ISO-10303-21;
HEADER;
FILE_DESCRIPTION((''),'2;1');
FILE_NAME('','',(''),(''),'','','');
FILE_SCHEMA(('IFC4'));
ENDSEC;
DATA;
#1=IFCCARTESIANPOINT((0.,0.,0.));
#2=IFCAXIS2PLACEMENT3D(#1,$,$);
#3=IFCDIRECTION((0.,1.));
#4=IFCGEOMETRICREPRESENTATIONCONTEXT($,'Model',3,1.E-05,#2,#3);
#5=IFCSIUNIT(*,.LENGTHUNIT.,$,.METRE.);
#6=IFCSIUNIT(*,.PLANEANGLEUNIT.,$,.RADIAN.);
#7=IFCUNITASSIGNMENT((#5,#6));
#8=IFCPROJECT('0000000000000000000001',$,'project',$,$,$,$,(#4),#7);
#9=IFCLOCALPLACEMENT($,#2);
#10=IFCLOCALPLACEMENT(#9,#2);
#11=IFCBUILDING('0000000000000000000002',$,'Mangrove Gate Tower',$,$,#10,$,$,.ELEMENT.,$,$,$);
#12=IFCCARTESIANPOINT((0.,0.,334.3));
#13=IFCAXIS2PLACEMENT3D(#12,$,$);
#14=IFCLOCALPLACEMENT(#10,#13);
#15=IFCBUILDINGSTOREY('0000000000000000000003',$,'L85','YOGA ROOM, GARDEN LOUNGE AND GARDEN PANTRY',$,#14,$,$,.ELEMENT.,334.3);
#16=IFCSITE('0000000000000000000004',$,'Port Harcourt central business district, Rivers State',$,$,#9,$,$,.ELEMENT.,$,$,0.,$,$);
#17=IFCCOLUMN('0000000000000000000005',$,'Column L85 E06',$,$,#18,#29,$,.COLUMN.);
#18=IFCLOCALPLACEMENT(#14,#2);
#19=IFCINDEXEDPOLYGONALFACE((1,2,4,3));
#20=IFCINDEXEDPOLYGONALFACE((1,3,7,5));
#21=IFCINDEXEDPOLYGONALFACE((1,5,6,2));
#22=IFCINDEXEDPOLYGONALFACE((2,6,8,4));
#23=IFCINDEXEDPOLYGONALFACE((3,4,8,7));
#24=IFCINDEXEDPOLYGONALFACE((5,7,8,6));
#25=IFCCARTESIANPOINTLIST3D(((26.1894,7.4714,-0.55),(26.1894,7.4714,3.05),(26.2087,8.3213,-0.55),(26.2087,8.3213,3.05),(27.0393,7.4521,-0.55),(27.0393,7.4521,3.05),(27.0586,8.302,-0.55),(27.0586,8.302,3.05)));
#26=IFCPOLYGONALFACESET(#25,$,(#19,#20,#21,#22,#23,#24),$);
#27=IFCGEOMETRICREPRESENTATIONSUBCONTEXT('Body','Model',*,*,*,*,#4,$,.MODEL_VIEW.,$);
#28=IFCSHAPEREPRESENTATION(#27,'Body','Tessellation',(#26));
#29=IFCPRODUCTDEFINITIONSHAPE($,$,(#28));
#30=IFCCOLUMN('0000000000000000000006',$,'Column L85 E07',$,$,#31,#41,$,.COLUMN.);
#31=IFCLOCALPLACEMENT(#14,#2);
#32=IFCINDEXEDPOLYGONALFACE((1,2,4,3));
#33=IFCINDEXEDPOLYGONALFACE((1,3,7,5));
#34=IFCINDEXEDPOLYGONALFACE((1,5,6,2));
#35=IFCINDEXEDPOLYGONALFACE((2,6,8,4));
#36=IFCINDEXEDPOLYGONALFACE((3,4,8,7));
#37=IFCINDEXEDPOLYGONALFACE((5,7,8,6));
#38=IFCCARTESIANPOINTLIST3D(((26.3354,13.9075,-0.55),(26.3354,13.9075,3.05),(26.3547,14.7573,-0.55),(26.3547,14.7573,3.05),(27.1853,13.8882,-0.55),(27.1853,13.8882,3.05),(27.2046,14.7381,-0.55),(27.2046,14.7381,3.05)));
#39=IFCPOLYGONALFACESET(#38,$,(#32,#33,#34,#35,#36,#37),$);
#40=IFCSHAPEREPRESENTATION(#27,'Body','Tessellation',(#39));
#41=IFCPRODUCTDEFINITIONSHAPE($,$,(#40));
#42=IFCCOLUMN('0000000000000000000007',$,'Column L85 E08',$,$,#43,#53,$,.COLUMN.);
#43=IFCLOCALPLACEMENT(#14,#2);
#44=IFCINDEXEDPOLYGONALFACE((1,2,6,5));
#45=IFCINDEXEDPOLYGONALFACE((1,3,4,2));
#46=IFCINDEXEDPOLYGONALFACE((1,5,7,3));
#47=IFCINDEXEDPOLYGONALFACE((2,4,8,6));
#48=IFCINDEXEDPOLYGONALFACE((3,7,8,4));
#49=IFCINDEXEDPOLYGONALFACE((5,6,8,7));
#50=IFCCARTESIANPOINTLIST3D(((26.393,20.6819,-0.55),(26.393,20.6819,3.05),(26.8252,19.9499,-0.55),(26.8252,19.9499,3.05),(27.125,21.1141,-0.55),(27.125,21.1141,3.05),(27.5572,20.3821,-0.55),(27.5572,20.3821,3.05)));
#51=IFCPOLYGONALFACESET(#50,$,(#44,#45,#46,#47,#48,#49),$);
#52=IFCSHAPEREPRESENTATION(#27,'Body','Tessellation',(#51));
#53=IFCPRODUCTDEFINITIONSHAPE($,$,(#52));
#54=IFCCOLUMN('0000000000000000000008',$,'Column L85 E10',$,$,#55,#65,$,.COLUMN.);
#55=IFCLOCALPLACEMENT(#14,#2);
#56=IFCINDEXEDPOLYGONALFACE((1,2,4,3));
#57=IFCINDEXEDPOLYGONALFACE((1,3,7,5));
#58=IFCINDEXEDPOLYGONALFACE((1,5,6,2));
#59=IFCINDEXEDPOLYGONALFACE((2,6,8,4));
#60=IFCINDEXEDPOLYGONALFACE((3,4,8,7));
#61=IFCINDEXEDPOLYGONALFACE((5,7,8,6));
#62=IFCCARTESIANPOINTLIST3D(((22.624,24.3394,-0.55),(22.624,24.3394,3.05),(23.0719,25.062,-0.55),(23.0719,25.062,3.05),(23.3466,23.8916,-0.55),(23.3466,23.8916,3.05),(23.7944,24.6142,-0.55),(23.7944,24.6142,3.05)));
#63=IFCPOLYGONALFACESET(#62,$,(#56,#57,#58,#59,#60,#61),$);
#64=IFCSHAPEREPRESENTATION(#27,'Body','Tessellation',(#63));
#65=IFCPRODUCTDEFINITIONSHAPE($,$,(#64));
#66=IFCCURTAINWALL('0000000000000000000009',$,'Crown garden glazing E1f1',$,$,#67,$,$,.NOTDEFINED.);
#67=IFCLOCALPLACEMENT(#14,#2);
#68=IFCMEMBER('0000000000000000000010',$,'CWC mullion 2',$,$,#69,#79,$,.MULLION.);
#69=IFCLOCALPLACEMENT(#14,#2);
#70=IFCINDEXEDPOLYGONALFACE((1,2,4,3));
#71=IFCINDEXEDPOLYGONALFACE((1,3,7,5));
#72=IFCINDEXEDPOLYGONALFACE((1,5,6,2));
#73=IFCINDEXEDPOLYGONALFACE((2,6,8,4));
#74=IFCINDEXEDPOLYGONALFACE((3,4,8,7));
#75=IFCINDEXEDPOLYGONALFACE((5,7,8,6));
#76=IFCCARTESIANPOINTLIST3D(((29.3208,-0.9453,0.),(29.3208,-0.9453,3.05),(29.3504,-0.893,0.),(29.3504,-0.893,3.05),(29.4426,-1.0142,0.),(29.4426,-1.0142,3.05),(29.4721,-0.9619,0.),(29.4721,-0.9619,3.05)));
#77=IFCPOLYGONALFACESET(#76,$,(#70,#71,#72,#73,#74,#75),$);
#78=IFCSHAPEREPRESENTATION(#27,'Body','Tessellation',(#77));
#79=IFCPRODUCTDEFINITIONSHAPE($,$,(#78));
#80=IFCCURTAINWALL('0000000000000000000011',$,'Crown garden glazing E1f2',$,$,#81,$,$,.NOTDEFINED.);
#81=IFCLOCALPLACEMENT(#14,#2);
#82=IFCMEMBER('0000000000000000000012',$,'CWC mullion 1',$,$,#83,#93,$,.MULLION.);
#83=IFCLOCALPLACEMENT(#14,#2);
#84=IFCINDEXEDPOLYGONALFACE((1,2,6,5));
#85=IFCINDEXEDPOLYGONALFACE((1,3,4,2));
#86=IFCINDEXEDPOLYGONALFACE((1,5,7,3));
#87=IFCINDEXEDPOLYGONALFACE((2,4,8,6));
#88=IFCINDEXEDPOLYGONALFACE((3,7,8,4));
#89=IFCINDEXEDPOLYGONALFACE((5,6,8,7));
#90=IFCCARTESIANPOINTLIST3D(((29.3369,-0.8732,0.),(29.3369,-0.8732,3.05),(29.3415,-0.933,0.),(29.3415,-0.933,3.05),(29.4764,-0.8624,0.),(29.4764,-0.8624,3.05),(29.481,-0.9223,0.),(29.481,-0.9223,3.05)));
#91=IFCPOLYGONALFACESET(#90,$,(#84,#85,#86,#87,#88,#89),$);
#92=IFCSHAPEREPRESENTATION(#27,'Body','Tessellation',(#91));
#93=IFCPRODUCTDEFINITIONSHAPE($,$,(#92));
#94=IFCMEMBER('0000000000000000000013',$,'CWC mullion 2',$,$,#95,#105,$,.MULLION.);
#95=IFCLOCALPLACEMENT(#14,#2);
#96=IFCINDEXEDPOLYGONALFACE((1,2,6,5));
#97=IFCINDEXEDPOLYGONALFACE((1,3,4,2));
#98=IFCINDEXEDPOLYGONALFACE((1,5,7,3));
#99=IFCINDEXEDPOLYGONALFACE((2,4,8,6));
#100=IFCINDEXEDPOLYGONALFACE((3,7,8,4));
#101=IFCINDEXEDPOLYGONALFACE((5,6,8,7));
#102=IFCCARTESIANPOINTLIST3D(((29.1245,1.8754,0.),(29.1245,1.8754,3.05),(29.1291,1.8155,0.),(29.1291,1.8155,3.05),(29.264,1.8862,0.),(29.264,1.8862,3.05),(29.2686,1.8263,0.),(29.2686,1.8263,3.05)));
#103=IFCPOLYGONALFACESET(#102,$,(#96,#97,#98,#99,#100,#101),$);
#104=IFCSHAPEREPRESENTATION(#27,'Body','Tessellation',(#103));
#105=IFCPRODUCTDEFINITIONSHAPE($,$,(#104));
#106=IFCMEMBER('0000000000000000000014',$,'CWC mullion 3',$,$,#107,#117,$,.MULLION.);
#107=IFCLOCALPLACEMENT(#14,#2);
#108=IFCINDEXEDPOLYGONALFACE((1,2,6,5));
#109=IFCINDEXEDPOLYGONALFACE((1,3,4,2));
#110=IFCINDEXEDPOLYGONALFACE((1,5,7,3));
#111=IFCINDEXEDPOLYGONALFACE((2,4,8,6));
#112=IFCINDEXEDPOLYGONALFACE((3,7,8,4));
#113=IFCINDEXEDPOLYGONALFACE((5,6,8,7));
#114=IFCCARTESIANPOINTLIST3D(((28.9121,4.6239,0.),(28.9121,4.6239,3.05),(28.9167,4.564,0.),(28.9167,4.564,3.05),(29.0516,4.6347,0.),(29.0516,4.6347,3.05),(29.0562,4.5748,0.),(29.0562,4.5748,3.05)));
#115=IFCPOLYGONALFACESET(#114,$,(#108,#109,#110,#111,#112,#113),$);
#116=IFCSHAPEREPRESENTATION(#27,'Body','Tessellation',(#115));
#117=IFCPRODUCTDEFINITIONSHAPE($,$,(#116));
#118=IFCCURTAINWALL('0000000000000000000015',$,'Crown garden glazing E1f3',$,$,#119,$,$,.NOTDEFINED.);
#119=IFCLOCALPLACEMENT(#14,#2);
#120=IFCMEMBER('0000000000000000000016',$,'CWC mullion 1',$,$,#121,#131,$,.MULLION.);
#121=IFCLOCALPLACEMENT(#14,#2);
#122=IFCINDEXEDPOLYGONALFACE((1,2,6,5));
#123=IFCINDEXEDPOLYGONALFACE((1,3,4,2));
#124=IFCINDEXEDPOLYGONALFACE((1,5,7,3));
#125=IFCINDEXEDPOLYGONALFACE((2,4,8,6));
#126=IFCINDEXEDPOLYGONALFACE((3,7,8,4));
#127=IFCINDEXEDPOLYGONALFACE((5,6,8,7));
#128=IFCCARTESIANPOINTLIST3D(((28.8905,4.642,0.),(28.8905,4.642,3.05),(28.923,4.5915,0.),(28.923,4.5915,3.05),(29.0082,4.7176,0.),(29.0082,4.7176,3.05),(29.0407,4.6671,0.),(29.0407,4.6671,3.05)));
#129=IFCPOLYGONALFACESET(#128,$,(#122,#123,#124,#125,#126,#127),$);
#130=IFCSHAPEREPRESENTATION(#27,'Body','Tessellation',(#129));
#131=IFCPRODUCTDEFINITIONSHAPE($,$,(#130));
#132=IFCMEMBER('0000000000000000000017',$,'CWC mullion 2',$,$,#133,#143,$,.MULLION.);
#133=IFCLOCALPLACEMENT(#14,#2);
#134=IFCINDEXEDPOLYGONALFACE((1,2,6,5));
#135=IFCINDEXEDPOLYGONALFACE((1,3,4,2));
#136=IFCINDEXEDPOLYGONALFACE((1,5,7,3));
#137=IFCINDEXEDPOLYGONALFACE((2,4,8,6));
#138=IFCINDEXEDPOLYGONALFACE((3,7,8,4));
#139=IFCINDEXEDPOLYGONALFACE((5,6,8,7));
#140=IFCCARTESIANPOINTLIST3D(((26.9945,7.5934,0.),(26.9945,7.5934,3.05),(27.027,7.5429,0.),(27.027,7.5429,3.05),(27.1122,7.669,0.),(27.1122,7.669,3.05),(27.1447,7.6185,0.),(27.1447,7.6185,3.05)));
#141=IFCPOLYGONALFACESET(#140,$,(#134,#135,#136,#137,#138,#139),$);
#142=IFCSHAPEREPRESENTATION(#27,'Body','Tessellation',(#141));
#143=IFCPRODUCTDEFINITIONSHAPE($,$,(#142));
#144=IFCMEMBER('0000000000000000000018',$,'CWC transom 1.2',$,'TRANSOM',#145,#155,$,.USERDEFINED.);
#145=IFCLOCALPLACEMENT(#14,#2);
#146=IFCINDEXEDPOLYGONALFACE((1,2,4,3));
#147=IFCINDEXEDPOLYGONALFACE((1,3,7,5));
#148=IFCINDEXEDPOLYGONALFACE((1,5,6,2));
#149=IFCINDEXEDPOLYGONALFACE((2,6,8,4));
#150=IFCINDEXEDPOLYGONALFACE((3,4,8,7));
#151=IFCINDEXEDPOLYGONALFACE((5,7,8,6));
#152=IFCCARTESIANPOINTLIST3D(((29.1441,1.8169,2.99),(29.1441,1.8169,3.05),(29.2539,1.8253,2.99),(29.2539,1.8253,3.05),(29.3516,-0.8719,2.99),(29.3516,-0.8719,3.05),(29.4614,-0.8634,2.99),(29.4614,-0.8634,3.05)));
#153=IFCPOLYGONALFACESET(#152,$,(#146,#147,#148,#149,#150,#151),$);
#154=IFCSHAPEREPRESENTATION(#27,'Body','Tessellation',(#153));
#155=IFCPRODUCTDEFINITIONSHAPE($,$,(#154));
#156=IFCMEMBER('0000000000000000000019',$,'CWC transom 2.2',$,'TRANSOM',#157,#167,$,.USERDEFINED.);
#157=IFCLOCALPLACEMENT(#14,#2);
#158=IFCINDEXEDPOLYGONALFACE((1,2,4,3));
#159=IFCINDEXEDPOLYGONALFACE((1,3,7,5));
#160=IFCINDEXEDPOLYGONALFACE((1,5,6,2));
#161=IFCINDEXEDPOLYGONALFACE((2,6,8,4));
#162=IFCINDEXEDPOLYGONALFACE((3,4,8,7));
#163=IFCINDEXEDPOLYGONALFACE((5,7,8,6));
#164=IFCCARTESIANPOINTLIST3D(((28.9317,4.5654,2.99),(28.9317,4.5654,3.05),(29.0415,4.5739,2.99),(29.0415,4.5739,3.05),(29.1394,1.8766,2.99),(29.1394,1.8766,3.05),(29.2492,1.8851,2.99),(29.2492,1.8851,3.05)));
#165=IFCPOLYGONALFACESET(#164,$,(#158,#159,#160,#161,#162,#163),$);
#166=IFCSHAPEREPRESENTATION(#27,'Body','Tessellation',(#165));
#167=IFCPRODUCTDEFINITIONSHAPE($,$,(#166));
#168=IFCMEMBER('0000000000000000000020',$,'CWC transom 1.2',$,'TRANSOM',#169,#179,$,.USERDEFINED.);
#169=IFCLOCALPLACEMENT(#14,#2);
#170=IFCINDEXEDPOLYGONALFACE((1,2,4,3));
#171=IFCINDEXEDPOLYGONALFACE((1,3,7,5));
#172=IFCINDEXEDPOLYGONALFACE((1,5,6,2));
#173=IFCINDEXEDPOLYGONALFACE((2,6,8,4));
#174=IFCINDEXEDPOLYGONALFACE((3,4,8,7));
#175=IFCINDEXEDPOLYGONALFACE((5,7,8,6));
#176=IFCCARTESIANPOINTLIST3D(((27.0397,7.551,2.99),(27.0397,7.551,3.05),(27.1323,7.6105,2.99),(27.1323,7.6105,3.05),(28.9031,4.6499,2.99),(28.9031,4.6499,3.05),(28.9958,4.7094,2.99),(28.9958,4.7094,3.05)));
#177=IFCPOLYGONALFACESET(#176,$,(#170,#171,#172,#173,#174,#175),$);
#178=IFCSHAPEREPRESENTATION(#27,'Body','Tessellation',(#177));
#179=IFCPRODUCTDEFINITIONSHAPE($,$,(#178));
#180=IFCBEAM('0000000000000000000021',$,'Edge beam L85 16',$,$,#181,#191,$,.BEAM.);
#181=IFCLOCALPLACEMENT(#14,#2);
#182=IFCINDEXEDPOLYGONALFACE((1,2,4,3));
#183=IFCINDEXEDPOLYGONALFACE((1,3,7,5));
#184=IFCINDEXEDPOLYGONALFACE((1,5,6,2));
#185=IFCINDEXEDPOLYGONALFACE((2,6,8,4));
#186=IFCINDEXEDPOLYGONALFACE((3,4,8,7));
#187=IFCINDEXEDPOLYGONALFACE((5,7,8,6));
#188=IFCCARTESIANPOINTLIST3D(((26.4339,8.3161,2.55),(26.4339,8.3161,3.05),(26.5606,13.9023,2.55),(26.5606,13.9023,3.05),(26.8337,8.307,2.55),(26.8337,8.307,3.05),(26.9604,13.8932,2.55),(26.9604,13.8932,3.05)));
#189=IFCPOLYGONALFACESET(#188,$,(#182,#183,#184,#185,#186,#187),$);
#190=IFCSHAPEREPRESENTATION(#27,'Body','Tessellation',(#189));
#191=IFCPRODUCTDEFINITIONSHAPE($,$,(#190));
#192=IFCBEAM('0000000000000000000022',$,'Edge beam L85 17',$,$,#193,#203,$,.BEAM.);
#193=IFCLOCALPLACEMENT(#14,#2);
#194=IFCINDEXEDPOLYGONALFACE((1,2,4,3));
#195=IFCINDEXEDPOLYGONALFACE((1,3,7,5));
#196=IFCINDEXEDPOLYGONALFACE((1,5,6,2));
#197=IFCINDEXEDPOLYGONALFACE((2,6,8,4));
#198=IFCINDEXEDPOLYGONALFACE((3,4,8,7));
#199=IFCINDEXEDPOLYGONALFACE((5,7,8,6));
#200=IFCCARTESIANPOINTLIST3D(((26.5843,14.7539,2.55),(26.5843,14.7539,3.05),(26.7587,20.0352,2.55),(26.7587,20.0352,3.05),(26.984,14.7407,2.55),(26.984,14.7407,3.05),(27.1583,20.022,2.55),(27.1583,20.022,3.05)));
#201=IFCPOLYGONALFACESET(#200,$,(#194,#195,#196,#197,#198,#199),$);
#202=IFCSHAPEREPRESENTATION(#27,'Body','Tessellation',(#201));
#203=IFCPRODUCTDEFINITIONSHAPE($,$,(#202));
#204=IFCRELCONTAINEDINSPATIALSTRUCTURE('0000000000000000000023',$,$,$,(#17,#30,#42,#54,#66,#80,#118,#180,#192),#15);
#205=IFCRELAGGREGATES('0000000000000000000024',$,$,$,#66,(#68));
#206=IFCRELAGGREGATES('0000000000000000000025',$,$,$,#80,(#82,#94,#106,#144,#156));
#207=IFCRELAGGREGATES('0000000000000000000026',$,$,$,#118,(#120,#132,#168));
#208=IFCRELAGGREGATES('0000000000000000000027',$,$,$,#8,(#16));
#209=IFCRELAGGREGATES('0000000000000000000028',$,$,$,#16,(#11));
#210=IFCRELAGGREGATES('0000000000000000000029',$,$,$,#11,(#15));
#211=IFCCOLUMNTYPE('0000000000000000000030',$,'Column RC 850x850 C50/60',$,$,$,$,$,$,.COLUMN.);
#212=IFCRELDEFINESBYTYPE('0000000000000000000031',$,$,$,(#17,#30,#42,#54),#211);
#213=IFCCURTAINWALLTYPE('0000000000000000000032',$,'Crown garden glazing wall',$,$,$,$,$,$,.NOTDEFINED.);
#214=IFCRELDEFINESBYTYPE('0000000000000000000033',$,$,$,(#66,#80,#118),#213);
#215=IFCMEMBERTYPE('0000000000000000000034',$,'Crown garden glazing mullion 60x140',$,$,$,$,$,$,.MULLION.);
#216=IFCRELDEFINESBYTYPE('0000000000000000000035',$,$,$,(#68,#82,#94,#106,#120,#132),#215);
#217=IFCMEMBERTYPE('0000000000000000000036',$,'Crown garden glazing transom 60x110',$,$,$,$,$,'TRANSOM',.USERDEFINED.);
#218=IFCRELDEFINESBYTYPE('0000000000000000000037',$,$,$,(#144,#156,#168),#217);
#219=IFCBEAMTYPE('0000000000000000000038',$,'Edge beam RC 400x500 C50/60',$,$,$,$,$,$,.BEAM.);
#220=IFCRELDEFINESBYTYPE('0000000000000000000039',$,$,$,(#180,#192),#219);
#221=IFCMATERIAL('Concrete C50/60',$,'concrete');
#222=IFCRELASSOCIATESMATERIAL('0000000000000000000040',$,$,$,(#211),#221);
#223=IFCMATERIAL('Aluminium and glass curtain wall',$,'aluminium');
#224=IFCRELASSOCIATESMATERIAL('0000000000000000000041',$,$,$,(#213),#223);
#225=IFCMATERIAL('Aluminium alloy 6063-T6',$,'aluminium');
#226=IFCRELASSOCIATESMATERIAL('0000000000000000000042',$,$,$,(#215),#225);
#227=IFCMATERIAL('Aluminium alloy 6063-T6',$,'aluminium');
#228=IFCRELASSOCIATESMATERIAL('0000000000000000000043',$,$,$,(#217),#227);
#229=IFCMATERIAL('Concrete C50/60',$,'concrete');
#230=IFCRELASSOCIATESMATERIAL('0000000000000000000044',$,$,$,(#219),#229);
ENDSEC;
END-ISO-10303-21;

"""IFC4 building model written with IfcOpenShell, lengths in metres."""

from ifc_helpers import new_model, si_unit, direction, frame, origin, origin_2d, place, context, subcontext, project, spatial, rectangle, extrude, material, material_profile, profile_set, type_object, element, aggregate, save


model = new_model("IFC4")

# Units and contexts
model_context = context("Model", 3, precision=1e-05, world=origin(), true_north=direction((0.0, 1.0)))
body_context = subcontext(model_context, "Body", "Model", "MODEL_VIEW")
ifc_project = project(units=[si_unit("LENGTHUNIT", "METRE"), si_unit("PLANEANGLEUNIT", "RADIAN")], contexts=[model_context])

# Site, building, storey
site_placement = place(None, origin())
site = spatial("IfcSite", under=ifc_project, at=site_placement, Name="Port Harcourt central business district, Rivers State", CompositionType="ELEMENT", RefElevation=0.0)
building_placement = place(site_placement, origin())
building = spatial("IfcBuilding", under=site, at=building_placement, Name="Mangrove Gate Tower", CompositionType="ELEMENT")
storey_placement = place(building_placement, frame((0.0, 0.0, 334.3)))
storey = spatial("IfcBuildingStorey", under=building, at=storey_placement, Name="L85", Description="YOGA ROOM, GARDEN LOUNGE AND GARDEN PANTRY", CompositionType="ELEMENT", Elevation=334.3)

# Columns
ifc_material_1 = material(Name="Concrete C50/60", Category="concrete")
ifc_material_profile_1 = material_profile(ifc_material_1, rectangle(XDim=0.8501, YDim=0.8501, at=origin_2d()))
ifc_profile_set_1 = profile_set([ifc_material_profile_1], Name="Concrete C50/60")
column_type = type_object("IfcColumnType", Name="Column RC 850x850 C50/60", PredefinedType="COLUMN", material=ifc_profile_set_1)
for number, where, z_axis, x_axis, name in (
    (1, (26.624, 7.8867, -0.55), (0.0, 0.0, 1.0), (0.022687, 0.999743, 0.0), "Column L85 E06"),
    (2, (26.77, 14.3228, -0.55), (0.0, 0.0, 1.0), (0.022681, 0.999743, 0.0), "Column L85 E07"),
    (3, (26.9751, 20.532, -0.55), (0.0, 0.0, 1.0), (-0.508409, 0.861116, 0.0), "Column L85 E08"),
    (4, (23.2092, 24.4768, -0.55), (0.0, 0.0, 1.0), (-0.849995, 0.526791, 0.0), "Column L85 E10"),
):
    element("IfcColumn", number, at=place(storey_placement, frame(where, z_axis=z_axis, x_axis=x_axis)), inside=storey, type_object=column_type, Name=name, PredefinedType="COLUMN", context=body_context, shape_type="SweptSolid", body=[
        extrude(rectangle(XDim=0.8501, YDim=0.8501, at=origin_2d()), origin(), (0.0, 0.0, 1.0), 3.6001),
    ])

# Curtain wall, member
ifc_material_2 = material(Name="Aluminium and glass curtain wall", Category="aluminium")
curtain_wall_type = type_object("IfcCurtainWallType", Name="Crown garden glazing wall", PredefinedType="NOTDEFINED", material=ifc_material_2)
curtain_wall_1_placement = place(storey_placement, origin())
curtain_wall_1 = element("IfcCurtainWall", 5, at=curtain_wall_1_placement, inside=storey, type_object=curtain_wall_type, Name="Crown garden glazing E1f1", PredefinedType="NOTDEFINED")
ifc_material_3 = material(Name="Aluminium alloy 6063-T6", Category="aluminium")
ifc_material_profile_2 = material_profile(ifc_material_3, rectangle(XDim=0.0601, YDim=0.1399, at=origin_2d()))
ifc_profile_set_2 = profile_set([ifc_material_profile_2], Name="Aluminium alloy 6063-T6")
member_type_1 = type_object("IfcMemberType", Name="Crown garden glazing mullion 60x140", PredefinedType="MULLION", material=ifc_profile_set_2)
member_1_placement = place(storey_placement, frame((29.3965, -0.9536, 0.0), z_axis=(0.0, 0.0, 1.0), x_axis=(0.492566, 0.870275, 0.0)))
member_1 = element("IfcMember", 6, at=member_1_placement, type_object=member_type_1, Name="CWC mullion 2", PredefinedType="MULLION", context=body_context, shape_type="SweptSolid", body=[
    extrude(rectangle(XDim=0.0601, YDim=0.1399, at=origin_2d()), origin(), (0.0, 0.0, 1.0), 3.05),
])

# Curtain walls, members
curtain_wall_2_placement = place(storey_placement, origin())
curtain_wall_2 = element("IfcCurtainWall", 7, at=curtain_wall_2_placement, inside=storey, type_object=curtain_wall_type, Name="Crown garden glazing E1f2", PredefinedType="NOTDEFINED")
member_2_placement = place(storey_placement, frame((29.4089, -0.8977, 0.0), z_axis=(0.0, 0.0, 1.0), x_axis=(-0.077023, 0.997029, 0.0)))
member_2 = element("IfcMember", 8, at=member_2_placement, type_object=member_type_1, Name="CWC mullion 1", PredefinedType="MULLION", context=body_context, shape_type="SweptSolid", body=[
    extrude(rectangle(XDim=0.0601, YDim=0.1399, at=origin_2d()), origin(), (0.0, 0.0, 1.0), 3.05),
])
member_3_placement = place(storey_placement, frame((29.1965, 1.8508, 0.0), z_axis=(0.0, 0.0, 1.0), x_axis=(-0.077023, 0.997029, 0.0)))
member_3 = element("IfcMember", 9, at=member_3_placement, type_object=member_type_1, Name="CWC mullion 2", PredefinedType="MULLION", context=body_context, shape_type="SweptSolid", body=[
    extrude(rectangle(XDim=0.0601, YDim=0.1399, at=origin_2d()), origin(), (0.0, 0.0, 1.0), 3.05),
])
member_4_placement = place(storey_placement, frame((28.9841, 4.5994, 0.0), z_axis=(0.0, 0.0, 1.0), x_axis=(-0.077023, 0.997029, 0.0)))
member_4 = element("IfcMember", 10, at=member_4_placement, type_object=member_type_1, Name="CWC mullion 3", PredefinedType="MULLION", context=body_context, shape_type="SweptSolid", body=[
    extrude(rectangle(XDim=0.0601, YDim=0.1399, at=origin_2d()), origin(), (0.0, 0.0, 1.0), 3.05),
])
curtain_wall_3_placement = place(storey_placement, origin())
curtain_wall_3 = element("IfcCurtainWall", 11, at=curtain_wall_3_placement, inside=storey, type_object=curtain_wall_type, Name="Crown garden glazing E1f3", PredefinedType="NOTDEFINED")
member_5_placement = place(storey_placement, frame((28.9656, 4.6545, 0.0), z_axis=(0.0, 0.0, 1.0), x_axis=(-0.540496, 0.841346, 0.0)))
member_5 = element("IfcMember", 12, at=member_5_placement, type_object=member_type_1, Name="CWC mullion 1", PredefinedType="MULLION", context=body_context, shape_type="SweptSolid", body=[
    extrude(rectangle(XDim=0.0601, YDim=0.1399, at=origin_2d()), origin(), (0.0, 0.0, 1.0), 3.05),
])
member_6_placement = place(storey_placement, frame((27.0696, 7.606, 0.0), z_axis=(0.0, 0.0, 1.0), x_axis=(-0.540496, 0.841346, 0.0)))
member_6 = element("IfcMember", 13, at=member_6_placement, type_object=member_type_1, Name="CWC mullion 2", PredefinedType="MULLION", context=body_context, shape_type="SweptSolid", body=[
    extrude(rectangle(XDim=0.0601, YDim=0.1399, at=origin_2d()), origin(), (0.0, 0.0, 1.0), 3.05),
])

# Members
ifc_material_4 = material(Name="Aluminium alloy 6063-T6", Category="aluminium")
ifc_material_profile_3 = material_profile(ifc_material_4, rectangle(XDim=0.0601, YDim=0.1101, at=origin_2d()))
ifc_profile_set_3 = profile_set([ifc_material_profile_3], Name="Aluminium alloy 6063-T6")
member_type_2 = type_object("IfcMemberType", Name="Crown garden glazing transom 60x110", ElementType="TRANSOM", PredefinedType="USERDEFINED", material=ifc_profile_set_3)
member_7_placement = place(storey_placement, frame((29.4065, -0.8677, 3.02), z_axis=(-0.076953, 0.997035, 0.0), x_axis=(0.0, 0.0, 1.0)))
member_7 = element("IfcMember", 14, at=member_7_placement, type_object=member_type_2, Name="CWC transom 1.2", ObjectType="TRANSOM", PredefinedType="USERDEFINED", context=body_context, shape_type="SweptSolid", body=[
    extrude(rectangle(XDim=0.0601, YDim=0.1101, at=origin_2d()), origin(), (0.0, 0.0, 1.0), 2.6968),
])
member_8_placement = place(storey_placement, frame((29.1943, 1.8809, 3.02), z_axis=(-0.077043, 0.997028, 0.0), x_axis=(0.0, 0.0, 1.0)))
member_8 = element("IfcMember", 15, at=member_8_placement, type_object=member_type_2, Name="CWC transom 2.2", ObjectType="TRANSOM", PredefinedType="USERDEFINED", context=body_context, shape_type="SweptSolid", body=[
    extrude(rectangle(XDim=0.0601, YDim=0.1101, at=origin_2d()), origin(), (0.0, 0.0, 1.0), 2.6968),
])
member_9_placement = place(storey_placement, frame((28.9495, 4.6797, 3.02), z_axis=(-0.540453, 0.841374, 0.0), x_axis=(0.0, 0.0, 1.0)))
member_9 = element("IfcMember", 16, at=member_9_placement, type_object=member_type_2, Name="CWC transom 1.2", ObjectType="TRANSOM", PredefinedType="USERDEFINED", context=body_context, shape_type="SweptSolid", body=[
    extrude(rectangle(XDim=0.0601, YDim=0.1101, at=origin_2d()), origin(), (0.0, 0.0, 1.0), 3.448),
])

# Beams
ifc_material_5 = material(Name="Concrete C50/60", Category="concrete")
ifc_material_profile_4 = material_profile(ifc_material_5, rectangle(XDim=0.3999, YDim=0.5, at=origin_2d()))
ifc_profile_set_4 = profile_set([ifc_material_profile_4], Name="Concrete C50/60")
beam_type = type_object("IfcBeamType", Name="Edge beam RC 400x500 C50/60", PredefinedType="BEAM", material=ifc_profile_set_4)
beam_1_placement = place(storey_placement, frame((26.6338, 8.3115, 2.8), z_axis=(0.022677, 0.999743, 0.0), x_axis=(-0.999743, 0.022677, 0.0)))
element("IfcBeam", 17, at=beam_1_placement, inside=storey, type_object=beam_type, Name="Edge beam L85 16", PredefinedType="BEAM", context=body_context, shape_type="SweptSolid", body=[
    extrude(rectangle(XDim=0.3999, YDim=0.5, at=origin_2d()), origin(), (0.0, 0.0, 1.0), 5.5876),
])
beam_2_placement = place(storey_placement, frame((26.7842, 14.7473, 2.8), z_axis=(0.032989, 0.999456, 0.0), x_axis=(-0.999456, 0.032989, 0.0)))
element("IfcBeam", 18, at=beam_2_placement, inside=storey, type_object=beam_type, Name="Edge beam L85 17", PredefinedType="BEAM", context=body_context, shape_type="SweptSolid", body=[
    extrude(rectangle(XDim=0.3999, YDim=0.5, at=origin_2d()), origin(), (0.0, 0.0, 1.0), 5.2842),
])

aggregate(curtain_wall_1, [member_1])
aggregate(curtain_wall_2, [member_2, member_3, member_4, member_7, member_8])
aggregate(curtain_wall_3, [member_5, member_6, member_9])

save(model, "model.ifc")
